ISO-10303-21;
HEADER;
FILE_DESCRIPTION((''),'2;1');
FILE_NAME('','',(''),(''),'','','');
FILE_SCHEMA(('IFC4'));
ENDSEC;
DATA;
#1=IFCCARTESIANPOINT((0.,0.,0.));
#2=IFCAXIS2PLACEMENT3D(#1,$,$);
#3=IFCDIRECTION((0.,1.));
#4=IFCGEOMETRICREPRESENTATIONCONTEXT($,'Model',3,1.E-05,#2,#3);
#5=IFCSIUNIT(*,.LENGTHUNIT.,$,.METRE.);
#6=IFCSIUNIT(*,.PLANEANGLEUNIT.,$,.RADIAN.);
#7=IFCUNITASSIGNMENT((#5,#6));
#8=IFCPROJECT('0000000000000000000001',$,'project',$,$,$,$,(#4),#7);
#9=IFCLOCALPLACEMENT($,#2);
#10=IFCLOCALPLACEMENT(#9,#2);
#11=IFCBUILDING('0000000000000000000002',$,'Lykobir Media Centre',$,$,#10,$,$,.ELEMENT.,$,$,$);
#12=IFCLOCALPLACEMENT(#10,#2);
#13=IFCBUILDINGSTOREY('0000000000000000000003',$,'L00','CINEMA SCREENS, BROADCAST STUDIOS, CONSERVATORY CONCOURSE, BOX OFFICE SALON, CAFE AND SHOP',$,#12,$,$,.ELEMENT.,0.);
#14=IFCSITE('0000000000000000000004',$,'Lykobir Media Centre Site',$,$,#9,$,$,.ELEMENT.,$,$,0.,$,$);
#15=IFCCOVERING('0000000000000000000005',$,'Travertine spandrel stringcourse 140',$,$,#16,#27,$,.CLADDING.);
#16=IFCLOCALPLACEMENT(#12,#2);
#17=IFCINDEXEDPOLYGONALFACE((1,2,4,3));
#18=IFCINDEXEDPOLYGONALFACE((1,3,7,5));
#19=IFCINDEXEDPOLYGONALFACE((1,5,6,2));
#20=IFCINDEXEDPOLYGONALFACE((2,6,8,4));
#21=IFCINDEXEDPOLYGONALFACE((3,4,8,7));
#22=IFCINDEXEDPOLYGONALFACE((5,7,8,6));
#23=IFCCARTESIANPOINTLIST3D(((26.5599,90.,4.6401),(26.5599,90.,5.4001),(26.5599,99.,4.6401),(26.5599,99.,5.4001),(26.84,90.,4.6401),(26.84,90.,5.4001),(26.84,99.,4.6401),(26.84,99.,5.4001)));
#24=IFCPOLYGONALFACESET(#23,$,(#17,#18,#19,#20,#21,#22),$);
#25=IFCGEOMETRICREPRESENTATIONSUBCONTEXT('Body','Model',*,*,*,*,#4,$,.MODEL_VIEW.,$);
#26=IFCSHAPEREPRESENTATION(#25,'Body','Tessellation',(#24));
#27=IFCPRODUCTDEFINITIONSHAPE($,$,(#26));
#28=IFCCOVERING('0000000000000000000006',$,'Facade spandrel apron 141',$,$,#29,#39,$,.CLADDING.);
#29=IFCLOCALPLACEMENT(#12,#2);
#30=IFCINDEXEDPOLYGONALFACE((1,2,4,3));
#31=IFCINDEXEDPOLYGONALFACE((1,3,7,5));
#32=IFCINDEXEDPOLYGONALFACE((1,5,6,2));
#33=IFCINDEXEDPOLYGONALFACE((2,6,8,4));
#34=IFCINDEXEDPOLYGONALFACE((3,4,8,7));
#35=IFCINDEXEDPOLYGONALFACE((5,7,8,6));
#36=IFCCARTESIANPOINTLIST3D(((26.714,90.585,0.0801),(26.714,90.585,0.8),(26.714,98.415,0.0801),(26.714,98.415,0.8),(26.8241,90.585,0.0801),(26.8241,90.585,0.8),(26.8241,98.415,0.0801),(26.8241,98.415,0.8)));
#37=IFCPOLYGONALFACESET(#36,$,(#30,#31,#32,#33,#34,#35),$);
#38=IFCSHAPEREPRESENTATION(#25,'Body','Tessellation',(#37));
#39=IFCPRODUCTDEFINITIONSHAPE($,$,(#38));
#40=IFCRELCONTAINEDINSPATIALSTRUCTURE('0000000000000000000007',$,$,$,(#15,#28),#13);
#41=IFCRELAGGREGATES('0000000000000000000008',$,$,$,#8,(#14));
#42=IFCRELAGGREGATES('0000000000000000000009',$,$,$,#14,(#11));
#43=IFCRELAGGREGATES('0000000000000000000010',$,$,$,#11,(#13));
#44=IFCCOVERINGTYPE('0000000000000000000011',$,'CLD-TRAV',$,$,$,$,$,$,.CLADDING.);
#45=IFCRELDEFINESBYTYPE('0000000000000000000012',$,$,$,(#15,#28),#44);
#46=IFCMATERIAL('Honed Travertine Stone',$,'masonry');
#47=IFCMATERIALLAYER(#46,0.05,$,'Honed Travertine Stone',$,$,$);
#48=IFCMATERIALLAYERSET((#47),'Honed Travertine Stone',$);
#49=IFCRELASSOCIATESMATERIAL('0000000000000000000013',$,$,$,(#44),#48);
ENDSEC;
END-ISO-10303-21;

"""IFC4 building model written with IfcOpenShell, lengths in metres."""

from ifc_helpers import new_model, si_unit, direction, frame, origin, origin_2d, place, context, subcontext, project, spatial, rectangle, extrude, material, layer, layer_set, type_object, element, save


model = new_model("IFC4")

# Units and contexts
model_context = context("Model", 3, precision=1e-05, world=origin(), true_north=direction((0.0, 1.0)))
body_context = subcontext(model_context, "Body", "Model", "MODEL_VIEW")
ifc_project = project(units=[si_unit("LENGTHUNIT", "METRE"), si_unit("PLANEANGLEUNIT", "RADIAN")], contexts=[model_context])

# Site, building, storey
site_placement = place(None, origin())
site = spatial("IfcSite", under=ifc_project, at=site_placement, Name="Lykobir Media Centre Site", CompositionType="ELEMENT", RefElevation=0.0)
building_placement = place(site_placement, origin())
building = spatial("IfcBuilding", under=site, at=building_placement, Name="Lykobir Media Centre", CompositionType="ELEMENT")
storey_placement = place(building_placement, origin())
storey = spatial("IfcBuildingStorey", under=building, at=storey_placement, Name="L00", Description="CINEMA SCREENS, BROADCAST STUDIOS, CONSERVATORY CONCOURSE, BOX OFFICE SALON, CAFE AND SHOP", CompositionType="ELEMENT", Elevation=0.0)

# Shared definitions
ifc_material_1 = material(Name="Honed Travertine Stone", Category="masonry")

# Coverings
ifc_layer_1 = layer(ifc_material_1, 0.05, Name="Honed Travertine Stone")
ifc_layer_set_1 = layer_set([ifc_layer_1], Name="Honed Travertine Stone")
covering_type = type_object("IfcCoveringType", Name="CLD-TRAV", PredefinedType="CLADDING", material=ifc_layer_set_1)
covering_1_placement = place(storey_placement, frame((26.7, 94.5, 4.6401), z_axis=(0.0, 0.0, 1.0), x_axis=(0.0, -1.0, 0.0)))
element("IfcCovering", 1, at=covering_1_placement, inside=storey, type_object=covering_type, Name="Travertine spandrel stringcourse 140", PredefinedType="CLADDING", context=body_context, shape_type="SweptSolid", body=[
    extrude(rectangle(XDim=9.0, YDim=0.28, at=origin_2d()), origin(), (0.0, 0.0, 1.0), 0.76),
])
covering_2_placement = place(storey_placement, frame((26.769, 94.5, 0.0801), z_axis=(0.0, 0.0, 1.0), x_axis=(0.0, -1.0, 0.0)))
element("IfcCovering", 2, at=covering_2_placement, inside=storey, type_object=covering_type, Name="Facade spandrel apron 141", PredefinedType="CLADDING", context=body_context, shape_type="SweptSolid", body=[
    extrude(rectangle(XDim=7.8301, YDim=0.1101, at=origin_2d()), origin(), (0.0, 0.0, 1.0), 0.72),
])

save(model, "model.ifc")
